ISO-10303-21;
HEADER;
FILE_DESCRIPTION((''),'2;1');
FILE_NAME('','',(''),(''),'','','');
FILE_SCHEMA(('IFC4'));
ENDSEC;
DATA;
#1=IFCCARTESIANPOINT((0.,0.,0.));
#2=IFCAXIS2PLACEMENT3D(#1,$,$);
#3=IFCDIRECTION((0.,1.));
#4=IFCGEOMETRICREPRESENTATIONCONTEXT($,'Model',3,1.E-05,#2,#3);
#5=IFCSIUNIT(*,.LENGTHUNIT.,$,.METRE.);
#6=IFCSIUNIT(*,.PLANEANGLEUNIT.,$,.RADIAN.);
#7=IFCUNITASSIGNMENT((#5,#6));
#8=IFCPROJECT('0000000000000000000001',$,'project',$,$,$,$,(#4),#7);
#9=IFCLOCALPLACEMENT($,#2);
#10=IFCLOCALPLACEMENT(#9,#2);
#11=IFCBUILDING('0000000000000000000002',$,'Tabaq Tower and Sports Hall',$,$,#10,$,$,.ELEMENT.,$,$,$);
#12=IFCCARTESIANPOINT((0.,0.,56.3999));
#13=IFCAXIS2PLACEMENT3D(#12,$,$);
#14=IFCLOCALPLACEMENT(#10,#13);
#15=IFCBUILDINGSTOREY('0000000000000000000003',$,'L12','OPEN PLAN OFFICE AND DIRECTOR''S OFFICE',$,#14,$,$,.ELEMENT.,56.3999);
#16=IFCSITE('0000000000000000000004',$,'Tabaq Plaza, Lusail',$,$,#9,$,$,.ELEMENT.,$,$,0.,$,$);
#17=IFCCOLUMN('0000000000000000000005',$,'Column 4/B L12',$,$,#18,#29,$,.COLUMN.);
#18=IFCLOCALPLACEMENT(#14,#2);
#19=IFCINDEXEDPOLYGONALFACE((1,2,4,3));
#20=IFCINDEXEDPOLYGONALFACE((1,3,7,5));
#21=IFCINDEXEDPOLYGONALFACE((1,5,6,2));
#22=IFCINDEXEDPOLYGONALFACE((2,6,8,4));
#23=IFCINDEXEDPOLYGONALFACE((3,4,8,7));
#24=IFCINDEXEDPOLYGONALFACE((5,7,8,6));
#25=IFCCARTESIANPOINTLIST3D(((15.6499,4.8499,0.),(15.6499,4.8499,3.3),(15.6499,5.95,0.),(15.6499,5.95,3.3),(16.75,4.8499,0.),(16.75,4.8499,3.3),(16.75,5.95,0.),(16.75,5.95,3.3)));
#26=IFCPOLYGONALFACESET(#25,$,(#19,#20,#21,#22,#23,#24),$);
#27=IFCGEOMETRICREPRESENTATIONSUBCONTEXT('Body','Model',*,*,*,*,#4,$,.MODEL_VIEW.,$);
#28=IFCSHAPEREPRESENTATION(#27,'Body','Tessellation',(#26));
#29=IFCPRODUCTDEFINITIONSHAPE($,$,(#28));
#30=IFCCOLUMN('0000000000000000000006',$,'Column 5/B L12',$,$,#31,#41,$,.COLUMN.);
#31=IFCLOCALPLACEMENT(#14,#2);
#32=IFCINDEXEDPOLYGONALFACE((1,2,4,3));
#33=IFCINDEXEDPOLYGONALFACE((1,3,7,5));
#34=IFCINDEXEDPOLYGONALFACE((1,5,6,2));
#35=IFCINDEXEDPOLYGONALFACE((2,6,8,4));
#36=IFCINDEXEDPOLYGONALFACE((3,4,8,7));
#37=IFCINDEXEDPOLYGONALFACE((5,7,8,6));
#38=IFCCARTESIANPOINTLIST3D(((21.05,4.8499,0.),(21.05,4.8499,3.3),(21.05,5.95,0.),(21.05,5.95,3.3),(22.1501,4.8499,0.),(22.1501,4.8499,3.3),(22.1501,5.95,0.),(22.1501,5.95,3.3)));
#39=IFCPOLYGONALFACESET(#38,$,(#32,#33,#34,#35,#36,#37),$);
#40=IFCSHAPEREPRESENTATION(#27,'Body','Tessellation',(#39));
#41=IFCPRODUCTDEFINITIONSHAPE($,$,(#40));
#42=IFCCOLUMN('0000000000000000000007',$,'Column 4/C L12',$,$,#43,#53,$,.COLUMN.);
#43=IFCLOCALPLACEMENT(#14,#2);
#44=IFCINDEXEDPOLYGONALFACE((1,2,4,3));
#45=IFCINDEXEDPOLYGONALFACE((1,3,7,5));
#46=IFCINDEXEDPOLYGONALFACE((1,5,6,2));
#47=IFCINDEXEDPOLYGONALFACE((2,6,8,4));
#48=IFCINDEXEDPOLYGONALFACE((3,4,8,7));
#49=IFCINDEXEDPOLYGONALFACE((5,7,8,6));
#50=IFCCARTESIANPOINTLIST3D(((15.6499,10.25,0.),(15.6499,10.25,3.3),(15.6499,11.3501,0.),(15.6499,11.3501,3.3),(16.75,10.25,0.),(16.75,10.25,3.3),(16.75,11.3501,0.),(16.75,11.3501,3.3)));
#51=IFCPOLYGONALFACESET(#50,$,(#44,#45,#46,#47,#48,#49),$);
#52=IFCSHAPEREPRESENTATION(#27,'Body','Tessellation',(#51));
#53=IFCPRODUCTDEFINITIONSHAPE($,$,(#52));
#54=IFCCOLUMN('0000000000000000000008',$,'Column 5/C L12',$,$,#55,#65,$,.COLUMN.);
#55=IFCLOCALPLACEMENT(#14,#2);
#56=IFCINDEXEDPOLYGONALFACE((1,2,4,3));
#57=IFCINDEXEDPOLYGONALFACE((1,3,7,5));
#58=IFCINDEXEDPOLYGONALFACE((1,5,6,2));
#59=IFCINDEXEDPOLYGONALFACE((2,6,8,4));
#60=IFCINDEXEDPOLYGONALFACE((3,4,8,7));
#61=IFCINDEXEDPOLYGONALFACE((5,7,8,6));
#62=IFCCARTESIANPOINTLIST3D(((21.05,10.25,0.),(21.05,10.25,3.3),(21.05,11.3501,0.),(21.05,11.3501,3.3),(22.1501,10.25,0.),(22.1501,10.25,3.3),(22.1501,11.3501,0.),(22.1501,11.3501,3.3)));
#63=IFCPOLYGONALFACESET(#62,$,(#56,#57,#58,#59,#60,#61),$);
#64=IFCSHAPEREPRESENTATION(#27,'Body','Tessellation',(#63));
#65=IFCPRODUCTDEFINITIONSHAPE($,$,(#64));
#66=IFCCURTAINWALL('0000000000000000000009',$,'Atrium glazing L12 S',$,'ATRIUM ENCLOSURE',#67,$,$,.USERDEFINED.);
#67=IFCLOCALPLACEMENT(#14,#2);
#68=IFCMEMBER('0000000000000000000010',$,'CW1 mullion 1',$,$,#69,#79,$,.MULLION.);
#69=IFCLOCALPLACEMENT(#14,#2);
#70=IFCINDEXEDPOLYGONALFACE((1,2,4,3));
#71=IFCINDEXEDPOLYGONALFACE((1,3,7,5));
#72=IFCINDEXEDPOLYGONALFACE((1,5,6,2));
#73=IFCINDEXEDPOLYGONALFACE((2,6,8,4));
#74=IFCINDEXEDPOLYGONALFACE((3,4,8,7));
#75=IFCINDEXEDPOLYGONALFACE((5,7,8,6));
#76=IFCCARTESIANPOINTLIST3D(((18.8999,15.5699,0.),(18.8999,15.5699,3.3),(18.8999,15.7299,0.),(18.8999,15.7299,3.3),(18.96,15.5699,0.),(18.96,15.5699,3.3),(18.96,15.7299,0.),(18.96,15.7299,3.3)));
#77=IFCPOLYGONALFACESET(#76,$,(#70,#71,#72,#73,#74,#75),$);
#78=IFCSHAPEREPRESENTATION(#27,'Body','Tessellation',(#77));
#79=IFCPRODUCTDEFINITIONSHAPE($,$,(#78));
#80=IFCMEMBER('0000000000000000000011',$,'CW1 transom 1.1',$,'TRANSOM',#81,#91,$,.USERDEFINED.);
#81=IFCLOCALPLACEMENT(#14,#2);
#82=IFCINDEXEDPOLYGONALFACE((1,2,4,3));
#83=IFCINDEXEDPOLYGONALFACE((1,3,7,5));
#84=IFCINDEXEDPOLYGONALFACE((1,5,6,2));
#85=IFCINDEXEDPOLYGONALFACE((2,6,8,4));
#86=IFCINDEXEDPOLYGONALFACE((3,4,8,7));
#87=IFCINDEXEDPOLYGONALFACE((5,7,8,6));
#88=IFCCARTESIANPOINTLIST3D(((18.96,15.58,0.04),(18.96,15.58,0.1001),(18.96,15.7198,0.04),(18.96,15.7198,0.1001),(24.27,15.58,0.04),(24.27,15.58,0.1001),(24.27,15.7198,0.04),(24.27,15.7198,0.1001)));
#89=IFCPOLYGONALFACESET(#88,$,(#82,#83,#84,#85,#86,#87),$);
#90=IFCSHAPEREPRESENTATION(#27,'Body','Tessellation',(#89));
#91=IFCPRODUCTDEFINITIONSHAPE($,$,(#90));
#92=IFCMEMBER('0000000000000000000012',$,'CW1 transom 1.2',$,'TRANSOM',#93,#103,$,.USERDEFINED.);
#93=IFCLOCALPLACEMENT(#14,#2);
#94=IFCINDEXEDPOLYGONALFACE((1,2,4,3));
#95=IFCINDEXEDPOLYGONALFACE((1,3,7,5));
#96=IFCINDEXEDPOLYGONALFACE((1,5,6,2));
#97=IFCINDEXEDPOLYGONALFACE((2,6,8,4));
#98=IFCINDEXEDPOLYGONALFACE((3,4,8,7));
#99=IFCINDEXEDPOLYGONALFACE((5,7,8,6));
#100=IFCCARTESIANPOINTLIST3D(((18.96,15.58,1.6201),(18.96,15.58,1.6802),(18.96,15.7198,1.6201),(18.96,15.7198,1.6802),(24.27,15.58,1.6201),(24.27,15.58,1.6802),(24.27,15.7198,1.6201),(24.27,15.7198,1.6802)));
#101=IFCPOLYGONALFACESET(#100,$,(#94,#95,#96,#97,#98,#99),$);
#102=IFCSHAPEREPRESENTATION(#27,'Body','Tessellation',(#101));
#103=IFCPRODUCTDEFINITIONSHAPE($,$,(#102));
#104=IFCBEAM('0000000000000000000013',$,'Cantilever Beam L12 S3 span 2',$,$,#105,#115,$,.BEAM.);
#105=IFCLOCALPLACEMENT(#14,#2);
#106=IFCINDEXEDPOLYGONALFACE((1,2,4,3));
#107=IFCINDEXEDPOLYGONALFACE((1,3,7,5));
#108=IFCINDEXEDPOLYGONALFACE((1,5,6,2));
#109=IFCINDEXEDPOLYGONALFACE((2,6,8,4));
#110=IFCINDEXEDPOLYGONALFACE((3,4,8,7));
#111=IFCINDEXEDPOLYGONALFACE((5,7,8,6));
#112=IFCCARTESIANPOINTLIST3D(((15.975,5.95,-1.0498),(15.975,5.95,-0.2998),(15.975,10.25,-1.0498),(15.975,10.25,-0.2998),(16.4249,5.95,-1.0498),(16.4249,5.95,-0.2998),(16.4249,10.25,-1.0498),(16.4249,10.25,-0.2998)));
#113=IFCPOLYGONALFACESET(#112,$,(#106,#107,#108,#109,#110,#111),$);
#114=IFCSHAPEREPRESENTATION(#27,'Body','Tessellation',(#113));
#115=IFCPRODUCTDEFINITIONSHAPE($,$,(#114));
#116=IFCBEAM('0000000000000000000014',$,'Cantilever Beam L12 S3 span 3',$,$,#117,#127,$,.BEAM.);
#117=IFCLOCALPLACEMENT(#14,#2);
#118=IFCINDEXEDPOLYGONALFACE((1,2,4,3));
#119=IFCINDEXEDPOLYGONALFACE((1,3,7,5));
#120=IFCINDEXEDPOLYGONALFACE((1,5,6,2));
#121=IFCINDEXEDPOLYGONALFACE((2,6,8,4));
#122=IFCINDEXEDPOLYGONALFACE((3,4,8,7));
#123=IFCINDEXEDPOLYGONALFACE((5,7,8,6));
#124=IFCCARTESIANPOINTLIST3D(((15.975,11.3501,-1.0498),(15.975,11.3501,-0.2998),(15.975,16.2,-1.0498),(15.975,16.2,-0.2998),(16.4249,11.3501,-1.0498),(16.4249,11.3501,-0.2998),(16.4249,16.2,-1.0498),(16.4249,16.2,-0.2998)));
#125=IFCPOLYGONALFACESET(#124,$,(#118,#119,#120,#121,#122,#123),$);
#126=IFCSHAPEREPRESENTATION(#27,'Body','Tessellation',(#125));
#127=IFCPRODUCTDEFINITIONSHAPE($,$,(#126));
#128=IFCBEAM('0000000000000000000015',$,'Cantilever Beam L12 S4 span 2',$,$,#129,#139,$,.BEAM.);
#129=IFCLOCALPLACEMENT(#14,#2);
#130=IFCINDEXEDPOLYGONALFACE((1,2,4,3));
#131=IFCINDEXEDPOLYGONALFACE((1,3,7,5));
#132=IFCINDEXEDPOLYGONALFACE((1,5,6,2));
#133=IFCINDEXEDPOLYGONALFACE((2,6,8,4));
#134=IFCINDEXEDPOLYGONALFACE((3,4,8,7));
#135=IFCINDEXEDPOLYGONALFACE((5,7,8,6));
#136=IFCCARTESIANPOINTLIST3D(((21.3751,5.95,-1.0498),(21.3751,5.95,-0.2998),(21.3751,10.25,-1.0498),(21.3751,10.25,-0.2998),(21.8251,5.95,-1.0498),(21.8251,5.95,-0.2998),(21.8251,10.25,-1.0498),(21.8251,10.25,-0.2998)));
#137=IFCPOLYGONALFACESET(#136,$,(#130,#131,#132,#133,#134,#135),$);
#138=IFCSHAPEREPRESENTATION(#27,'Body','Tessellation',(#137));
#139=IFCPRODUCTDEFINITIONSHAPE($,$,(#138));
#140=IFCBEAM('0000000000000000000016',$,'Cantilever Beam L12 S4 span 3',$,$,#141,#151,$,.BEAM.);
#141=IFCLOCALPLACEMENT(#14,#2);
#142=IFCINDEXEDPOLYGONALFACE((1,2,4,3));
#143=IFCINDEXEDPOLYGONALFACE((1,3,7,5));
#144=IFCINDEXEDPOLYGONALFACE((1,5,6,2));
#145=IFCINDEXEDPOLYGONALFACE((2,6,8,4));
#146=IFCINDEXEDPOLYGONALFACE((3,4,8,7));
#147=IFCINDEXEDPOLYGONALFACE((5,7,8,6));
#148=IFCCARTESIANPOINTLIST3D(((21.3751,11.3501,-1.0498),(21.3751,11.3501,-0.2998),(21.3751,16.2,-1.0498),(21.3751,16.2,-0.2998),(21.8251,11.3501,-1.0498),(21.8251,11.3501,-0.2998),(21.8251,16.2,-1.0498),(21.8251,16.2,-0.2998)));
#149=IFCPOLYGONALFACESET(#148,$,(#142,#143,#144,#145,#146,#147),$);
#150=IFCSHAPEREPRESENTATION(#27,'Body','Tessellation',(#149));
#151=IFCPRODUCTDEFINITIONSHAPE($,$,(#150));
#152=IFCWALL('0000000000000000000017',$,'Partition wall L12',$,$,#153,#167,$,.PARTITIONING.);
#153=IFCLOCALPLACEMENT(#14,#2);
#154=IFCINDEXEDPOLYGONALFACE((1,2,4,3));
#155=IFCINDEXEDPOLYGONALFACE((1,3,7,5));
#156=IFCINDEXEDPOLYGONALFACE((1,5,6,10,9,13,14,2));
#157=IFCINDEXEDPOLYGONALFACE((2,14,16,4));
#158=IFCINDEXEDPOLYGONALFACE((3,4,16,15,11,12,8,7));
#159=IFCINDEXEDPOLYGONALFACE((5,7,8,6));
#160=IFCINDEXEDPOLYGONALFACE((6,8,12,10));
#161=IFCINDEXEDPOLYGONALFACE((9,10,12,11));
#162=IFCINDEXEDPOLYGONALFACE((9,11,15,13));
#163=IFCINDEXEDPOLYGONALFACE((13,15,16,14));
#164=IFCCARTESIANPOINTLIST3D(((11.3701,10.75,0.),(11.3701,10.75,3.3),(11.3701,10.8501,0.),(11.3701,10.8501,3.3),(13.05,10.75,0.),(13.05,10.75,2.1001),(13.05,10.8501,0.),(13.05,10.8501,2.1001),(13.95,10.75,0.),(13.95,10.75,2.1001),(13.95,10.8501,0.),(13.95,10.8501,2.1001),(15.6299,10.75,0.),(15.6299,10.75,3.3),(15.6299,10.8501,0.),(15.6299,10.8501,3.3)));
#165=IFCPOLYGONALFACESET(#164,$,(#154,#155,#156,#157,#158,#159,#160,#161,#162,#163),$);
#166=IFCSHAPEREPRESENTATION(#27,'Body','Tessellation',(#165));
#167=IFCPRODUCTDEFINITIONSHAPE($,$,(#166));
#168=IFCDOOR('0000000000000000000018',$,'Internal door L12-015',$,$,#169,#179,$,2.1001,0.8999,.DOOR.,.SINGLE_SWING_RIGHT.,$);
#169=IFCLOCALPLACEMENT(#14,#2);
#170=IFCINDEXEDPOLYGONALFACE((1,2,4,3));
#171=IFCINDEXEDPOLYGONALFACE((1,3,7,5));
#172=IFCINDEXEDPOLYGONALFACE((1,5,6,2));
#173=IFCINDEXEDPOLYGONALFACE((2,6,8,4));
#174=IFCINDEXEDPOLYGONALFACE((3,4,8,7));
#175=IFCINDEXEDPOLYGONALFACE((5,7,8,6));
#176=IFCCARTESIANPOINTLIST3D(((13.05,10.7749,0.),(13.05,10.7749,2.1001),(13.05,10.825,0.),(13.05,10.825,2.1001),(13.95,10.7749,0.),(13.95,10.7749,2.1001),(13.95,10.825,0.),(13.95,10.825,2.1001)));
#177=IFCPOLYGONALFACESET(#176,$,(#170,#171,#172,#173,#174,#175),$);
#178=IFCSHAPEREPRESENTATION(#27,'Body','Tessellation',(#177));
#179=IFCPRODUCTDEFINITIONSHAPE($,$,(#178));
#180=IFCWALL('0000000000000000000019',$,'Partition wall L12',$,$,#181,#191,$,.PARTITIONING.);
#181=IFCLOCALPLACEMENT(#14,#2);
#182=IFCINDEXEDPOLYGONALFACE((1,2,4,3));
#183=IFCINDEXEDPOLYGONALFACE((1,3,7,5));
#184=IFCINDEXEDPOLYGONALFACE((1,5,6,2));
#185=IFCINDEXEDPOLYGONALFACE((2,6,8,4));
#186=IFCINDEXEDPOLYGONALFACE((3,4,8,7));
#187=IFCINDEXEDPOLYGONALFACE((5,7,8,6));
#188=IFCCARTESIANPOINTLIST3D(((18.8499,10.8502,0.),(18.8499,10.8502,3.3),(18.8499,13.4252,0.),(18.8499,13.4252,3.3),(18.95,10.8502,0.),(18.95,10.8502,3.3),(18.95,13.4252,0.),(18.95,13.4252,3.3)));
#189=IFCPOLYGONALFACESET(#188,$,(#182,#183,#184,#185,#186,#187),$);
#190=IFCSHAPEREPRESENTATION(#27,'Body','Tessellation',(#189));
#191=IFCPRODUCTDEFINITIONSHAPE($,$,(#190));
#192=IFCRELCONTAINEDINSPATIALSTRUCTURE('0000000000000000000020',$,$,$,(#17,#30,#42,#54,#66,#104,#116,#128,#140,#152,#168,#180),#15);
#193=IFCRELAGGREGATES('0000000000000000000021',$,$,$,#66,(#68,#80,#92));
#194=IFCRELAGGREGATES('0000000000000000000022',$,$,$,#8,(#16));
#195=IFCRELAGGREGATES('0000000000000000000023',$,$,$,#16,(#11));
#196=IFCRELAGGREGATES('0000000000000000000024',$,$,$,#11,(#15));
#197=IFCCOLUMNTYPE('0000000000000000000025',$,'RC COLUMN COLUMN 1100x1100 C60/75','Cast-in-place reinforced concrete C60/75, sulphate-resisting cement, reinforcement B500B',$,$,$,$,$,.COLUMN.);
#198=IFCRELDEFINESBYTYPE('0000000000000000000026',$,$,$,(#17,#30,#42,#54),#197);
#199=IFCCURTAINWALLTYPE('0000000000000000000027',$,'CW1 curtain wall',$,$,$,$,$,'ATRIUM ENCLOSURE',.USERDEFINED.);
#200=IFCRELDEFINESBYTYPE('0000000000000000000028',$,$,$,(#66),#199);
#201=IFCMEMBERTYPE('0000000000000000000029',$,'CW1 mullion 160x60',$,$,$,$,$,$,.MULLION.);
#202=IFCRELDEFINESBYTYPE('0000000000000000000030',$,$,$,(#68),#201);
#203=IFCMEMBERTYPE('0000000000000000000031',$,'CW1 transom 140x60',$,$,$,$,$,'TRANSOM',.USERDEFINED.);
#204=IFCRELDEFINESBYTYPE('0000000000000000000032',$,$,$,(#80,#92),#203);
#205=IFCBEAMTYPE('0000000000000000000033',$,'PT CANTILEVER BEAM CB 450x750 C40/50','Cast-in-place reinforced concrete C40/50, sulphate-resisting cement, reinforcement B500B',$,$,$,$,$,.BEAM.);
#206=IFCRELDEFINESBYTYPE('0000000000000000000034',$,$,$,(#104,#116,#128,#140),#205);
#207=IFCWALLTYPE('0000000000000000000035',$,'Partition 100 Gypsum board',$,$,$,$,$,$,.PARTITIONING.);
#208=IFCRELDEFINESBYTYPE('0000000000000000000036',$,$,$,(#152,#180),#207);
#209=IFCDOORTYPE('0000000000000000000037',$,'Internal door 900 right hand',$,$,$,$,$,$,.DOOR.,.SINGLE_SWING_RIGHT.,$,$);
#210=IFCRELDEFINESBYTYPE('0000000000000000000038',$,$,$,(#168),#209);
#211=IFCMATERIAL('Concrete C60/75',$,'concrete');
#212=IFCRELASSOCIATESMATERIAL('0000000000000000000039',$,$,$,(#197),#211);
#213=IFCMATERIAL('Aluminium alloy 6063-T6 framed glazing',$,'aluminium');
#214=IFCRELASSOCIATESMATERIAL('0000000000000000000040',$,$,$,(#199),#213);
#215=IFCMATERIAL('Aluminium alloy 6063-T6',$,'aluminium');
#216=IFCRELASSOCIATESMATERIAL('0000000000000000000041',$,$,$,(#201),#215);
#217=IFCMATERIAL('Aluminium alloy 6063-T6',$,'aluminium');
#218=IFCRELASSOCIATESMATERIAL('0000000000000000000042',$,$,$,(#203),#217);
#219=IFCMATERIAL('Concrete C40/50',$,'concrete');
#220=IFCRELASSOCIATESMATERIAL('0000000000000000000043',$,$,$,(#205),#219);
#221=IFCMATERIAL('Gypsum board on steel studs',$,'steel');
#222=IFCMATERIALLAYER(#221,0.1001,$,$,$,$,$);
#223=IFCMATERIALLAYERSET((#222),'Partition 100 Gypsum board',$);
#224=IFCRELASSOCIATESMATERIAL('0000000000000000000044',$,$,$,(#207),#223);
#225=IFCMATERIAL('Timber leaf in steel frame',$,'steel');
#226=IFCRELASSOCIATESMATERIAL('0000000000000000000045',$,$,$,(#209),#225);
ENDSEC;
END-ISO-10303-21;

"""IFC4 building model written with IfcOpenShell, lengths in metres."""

from ifc_helpers import new_model, si_unit, direction, frame, frame_2d, origin, origin_2d, place, context, subcontext, project, spatial, rectangle, extrude, material, layer, layer_set, material_profile, profile_set, type_object, element, fill, aggregate, save


model = new_model("IFC4")

# Units and contexts
model_context = context("Model", 3, precision=1e-05, world=origin(), true_north=direction((0.0, 1.0)))
body_context = subcontext(model_context, "Body", "Model", "MODEL_VIEW")
ifc_project = project(units=[si_unit("LENGTHUNIT", "METRE"), si_unit("PLANEANGLEUNIT", "RADIAN")], contexts=[model_context])

# Site, building, storey
site_placement = place(None, origin())
site = spatial("IfcSite", under=ifc_project, at=site_placement, Name="Tabaq Plaza, Lusail", CompositionType="ELEMENT", RefElevation=0.0)
building_placement = place(site_placement, origin())
building = spatial("IfcBuilding", under=site, at=building_placement, Name="Tabaq Tower and Sports Hall", CompositionType="ELEMENT")
storey_placement = place(building_placement, frame((0.0, 0.0, 56.3999)))
storey = spatial("IfcBuildingStorey", under=building, at=storey_placement, Name="L12", Description="OPEN PLAN OFFICE AND DIRECTOR'S OFFICE", CompositionType="ELEMENT", Elevation=56.3999)

# Columns
ifc_material_1 = material(Name="Concrete C60/75", Category="concrete")
ifc_material_profile_1 = material_profile(ifc_material_1, rectangle(XDim=1.1001, YDim=1.1001, at=origin_2d()), Name="COLUMN 1100x1100")
ifc_profile_set_1 = profile_set([ifc_material_profile_1], Name="Concrete C60/75")
column_type = type_object("IfcColumnType", Name="RC COLUMN COLUMN 1100x1100 C60/75", Description="Cast-in-place reinforced concrete C60/75, sulphate-resisting cement, reinforcement B500B", PredefinedType="COLUMN", material=ifc_profile_set_1)
for number, where, z_axis, x_axis, name in (
    (1, (16.2, 5.3999, 0.0), (0.0, 0.0, 1.0), (1.0, 0.0, 0.0), "Column 4/B L12"),
    (2, (21.6001, 5.3999, 0.0), (0.0, 0.0, 1.0), (1.0, 0.0, 0.0), "Column 5/B L12"),
    (3, (16.2, 10.8, 0.0), (0.0, 0.0, 1.0), (1.0, 0.0, 0.0), "Column 4/C L12"),
    (4, (21.6001, 10.8, 0.0), (0.0, 0.0, 1.0), (1.0, 0.0, 0.0), "Column 5/C L12"),
):
    element("IfcColumn", number, at=place(storey_placement, frame(where, z_axis=z_axis, x_axis=x_axis)), inside=storey, type_object=column_type, Name=name, PredefinedType="COLUMN", context=body_context, shape_type="SweptSolid", body=[
        extrude(rectangle(XDim=1.1001, YDim=1.1001, at=origin_2d()), origin(), (0.0, 0.0, 1.0), 3.3),
    ])

# Curtain wall, members
ifc_material_2 = material(Name="Aluminium alloy 6063-T6 framed glazing", Category="aluminium")
curtain_wall_type = type_object("IfcCurtainWallType", Name="CW1 curtain wall", ElementType="ATRIUM ENCLOSURE", PredefinedType="USERDEFINED", material=ifc_material_2)
curtain_wall_placement = place(storey_placement, origin())
curtain_wall = element("IfcCurtainWall", 5, at=curtain_wall_placement, inside=storey, type_object=curtain_wall_type, Name="Atrium glazing L12 S", ObjectType="ATRIUM ENCLOSURE", PredefinedType="USERDEFINED")
ifc_material_3 = material(Name="Aluminium alloy 6063-T6", Category="aluminium")
ifc_material_profile_2 = material_profile(ifc_material_3, rectangle(XDim=0.1599, YDim=0.0601, at=origin_2d()), Name="MULLION 160x60")
ifc_profile_set_2 = profile_set([ifc_material_profile_2], Name="Aluminium alloy 6063-T6")
member_type_1 = type_object("IfcMemberType", Name="CW1 mullion 160x60", PredefinedType="MULLION", material=ifc_profile_set_2)
member_1_placement = place(storey_placement, frame((18.9299, 15.6499, 0.0), z_axis=(0.0, 0.0, 1.0), x_axis=(0.0, 1.0, 0.0)))
member_1 = element("IfcMember", 6, at=member_1_placement, type_object=member_type_1, Name="CW1 mullion 1", PredefinedType="MULLION", context=body_context, shape_type="SweptSolid", body=[
    extrude(rectangle(XDim=0.1599, YDim=0.0601, at=origin_2d()), origin(), (0.0, 0.0, 1.0), 3.3),
])
ifc_material_4 = material(Name="Aluminium alloy 6063-T6", Category="aluminium")
ifc_material_profile_3 = material_profile(ifc_material_4, rectangle(XDim=0.1399, YDim=0.0601, at=origin_2d()), Name="TRANSOM 140x60")
ifc_profile_set_3 = profile_set([ifc_material_profile_3], Name="Aluminium alloy 6063-T6")
member_type_2 = type_object("IfcMemberType", Name="CW1 transom 140x60", ElementType="TRANSOM", PredefinedType="USERDEFINED", material=ifc_profile_set_3)
member_2_placement = place(storey_placement, frame((18.96, 15.6499, 0.0701), z_axis=(1.0, 0.0, 0.0), x_axis=(0.0, 1.0, 0.0)))
member_2 = element("IfcMember", 7, at=member_2_placement, type_object=member_type_2, Name="CW1 transom 1.1", ObjectType="TRANSOM", PredefinedType="USERDEFINED", context=body_context, shape_type="SweptSolid", body=[
    extrude(rectangle(XDim=0.1399, YDim=0.0601, at=origin_2d()), origin(), (0.0, 0.0, 1.0), 5.3101),
])
member_3_placement = place(storey_placement, frame((18.96, 15.6499, 1.6501), z_axis=(1.0, 0.0, 0.0), x_axis=(0.0, 1.0, 0.0)))
member_3 = element("IfcMember", 8, at=member_3_placement, type_object=member_type_2, Name="CW1 transom 1.2", ObjectType="TRANSOM", PredefinedType="USERDEFINED", context=body_context, shape_type="SweptSolid", body=[
    extrude(rectangle(XDim=0.1399, YDim=0.0601, at=origin_2d()), origin(), (0.0, 0.0, 1.0), 5.3101),
])
aggregate(curtain_wall, [member_1, member_2, member_3])

# Beams
ifc_material_5 = material(Name="Concrete C40/50", Category="concrete")
ifc_material_profile_4 = material_profile(ifc_material_5, rectangle(XDim=0.45, YDim=0.75, at=origin_2d()), Name="CB 450x750")
ifc_profile_set_4 = profile_set([ifc_material_profile_4], Name="Concrete C40/50")
beam_type = type_object("IfcBeamType", Name="PT CANTILEVER BEAM CB 450x750 C40/50", Description="Cast-in-place reinforced concrete C40/50, sulphate-resisting cement, reinforcement B500B", PredefinedType="BEAM", material=ifc_profile_set_4)
beam_1_placement = place(storey_placement, frame((16.2, 5.95, -0.6748), z_axis=(0.0, 1.0, 0.0), x_axis=(-1.0, 0.0, 0.0)))
element("IfcBeam", 9, at=beam_1_placement, inside=storey, type_object=beam_type, Name="Cantilever Beam L12 S3 span 2", PredefinedType="BEAM", context=body_context, shape_type="SweptSolid", body=[
    extrude(rectangle(XDim=0.45, YDim=0.75, at=origin_2d()), origin(), (0.0, 0.0, 1.0), 4.3),
])
beam_2_placement = place(storey_placement, frame((16.2, 11.3501, -0.6748), z_axis=(0.0, 1.0, 0.0), x_axis=(-1.0, 0.0, 0.0)))
element("IfcBeam", 10, at=beam_2_placement, inside=storey, type_object=beam_type, Name="Cantilever Beam L12 S3 span 3", PredefinedType="BEAM", context=body_context, shape_type="SweptSolid", body=[
    extrude(rectangle(XDim=0.45, YDim=0.75, at=origin_2d()), origin(), (0.0, 0.0, 1.0), 4.8499),
])
beam_3_placement = place(storey_placement, frame((21.6001, 5.95, -0.6748), z_axis=(0.0, 1.0, 0.0), x_axis=(-1.0, 0.0, 0.0)))
element("IfcBeam", 11, at=beam_3_placement, inside=storey, type_object=beam_type, Name="Cantilever Beam L12 S4 span 2", PredefinedType="BEAM", context=body_context, shape_type="SweptSolid", body=[
    extrude(rectangle(XDim=0.45, YDim=0.75, at=origin_2d()), origin(), (0.0, 0.0, 1.0), 4.3),
])
beam_4_placement = place(storey_placement, frame((21.6001, 11.3501, -0.6748), z_axis=(0.0, 1.0, 0.0), x_axis=(-1.0, 0.0, 0.0)))
element("IfcBeam", 12, at=beam_4_placement, inside=storey, type_object=beam_type, Name="Cantilever Beam L12 S4 span 3", PredefinedType="BEAM", context=body_context, shape_type="SweptSolid", body=[
    extrude(rectangle(XDim=0.45, YDim=0.75, at=origin_2d()), origin(), (0.0, 0.0, 1.0), 4.8499),
])

# Wall, opening, door
ifc_material_6 = material(Name="Gypsum board on steel studs", Category="steel")
ifc_layer = layer(ifc_material_6, 0.1001)
ifc_layer_set = layer_set([ifc_layer], Name="Partition 100 Gypsum board")
wall_type = type_object("IfcWallType", Name="Partition 100 Gypsum board", PredefinedType="PARTITIONING", material=ifc_layer_set)
wall_1_placement = place(storey_placement, frame((11.3701, 10.8, 0.0), z_axis=(0.0, 0.0, 1.0), x_axis=(1.0, 0.0, 0.0)))
wall_1 = element("IfcWall", 13, at=wall_1_placement, inside=storey, type_object=wall_type, Name="Partition wall L12", PredefinedType="PARTITIONING", context=body_context, shape_type="SweptSolid", body=[
    extrude(rectangle(XDim=4.2598, YDim=0.1001, at=frame_2d((2.1299, 0.0))), origin(), (0.0, 0.0, 1.0), 3.3),
])
opening_1_placement = place(wall_1_placement, frame((1.6799, 0.0, 0.0)))
opening_1 = element("IfcOpeningElement", 14, at=opening_1_placement, cuts=wall_1, PredefinedType="OPENING", context=body_context, shape_type="SweptSolid", body=[
    extrude(rectangle(XDim=0.8999, YDim=2.1001, at=frame_2d((0.45, 1.05))), frame((0.0, 0.05, 0.0), z_axis=(0.0, -1.0, 0.0), x_axis=(1.0, 0.0, 0.0)), (0.0, 0.0, 1.0), 0.1001),
])
ifc_material_7 = material(Name="Timber leaf in steel frame", Category="steel")
door_type_1 = type_object("IfcDoorType", Name="Internal door 900 right hand", OperationType="SINGLE_SWING_RIGHT", PredefinedType="DOOR", material=ifc_material_7)
door_1_placement = place(opening_1_placement, origin())
door_1 = element("IfcDoor", 15, at=door_1_placement, inside=storey, type_object=door_type_1, Name="Internal door L12-015", OperationType="SINGLE_SWING_RIGHT", OverallHeight=2.1001, OverallWidth=0.8999, PredefinedType="DOOR", context=body_context, shape_type="SweptSolid", body=[
    extrude(rectangle(XDim=0.8999, YDim=2.1001, at=frame_2d((0.45, 1.05))), frame((0.0, 0.0249, 0.0), z_axis=(0.0, -1.0, 0.0), x_axis=(1.0, 0.0, 0.0)), (0.0, 0.0, 1.0), 0.05),
])
fill(opening_1, door_1)

# Wall
wall_2_placement = place(storey_placement, frame((18.8999, 10.8501, 0.0), z_axis=(0.0, 0.0, 1.0), x_axis=(0.0, 1.0, 0.0)))
element("IfcWall", 16, at=wall_2_placement, inside=storey, type_object=wall_type, Name="Partition wall L12", PredefinedType="PARTITIONING", context=body_context, shape_type="SweptSolid", body=[
    extrude(rectangle(XDim=2.575, YDim=0.1001, at=frame_2d((1.2876, 0.0))), origin(), (0.0, 0.0, 1.0), 3.3),
])

save(model, "model.ifc")
